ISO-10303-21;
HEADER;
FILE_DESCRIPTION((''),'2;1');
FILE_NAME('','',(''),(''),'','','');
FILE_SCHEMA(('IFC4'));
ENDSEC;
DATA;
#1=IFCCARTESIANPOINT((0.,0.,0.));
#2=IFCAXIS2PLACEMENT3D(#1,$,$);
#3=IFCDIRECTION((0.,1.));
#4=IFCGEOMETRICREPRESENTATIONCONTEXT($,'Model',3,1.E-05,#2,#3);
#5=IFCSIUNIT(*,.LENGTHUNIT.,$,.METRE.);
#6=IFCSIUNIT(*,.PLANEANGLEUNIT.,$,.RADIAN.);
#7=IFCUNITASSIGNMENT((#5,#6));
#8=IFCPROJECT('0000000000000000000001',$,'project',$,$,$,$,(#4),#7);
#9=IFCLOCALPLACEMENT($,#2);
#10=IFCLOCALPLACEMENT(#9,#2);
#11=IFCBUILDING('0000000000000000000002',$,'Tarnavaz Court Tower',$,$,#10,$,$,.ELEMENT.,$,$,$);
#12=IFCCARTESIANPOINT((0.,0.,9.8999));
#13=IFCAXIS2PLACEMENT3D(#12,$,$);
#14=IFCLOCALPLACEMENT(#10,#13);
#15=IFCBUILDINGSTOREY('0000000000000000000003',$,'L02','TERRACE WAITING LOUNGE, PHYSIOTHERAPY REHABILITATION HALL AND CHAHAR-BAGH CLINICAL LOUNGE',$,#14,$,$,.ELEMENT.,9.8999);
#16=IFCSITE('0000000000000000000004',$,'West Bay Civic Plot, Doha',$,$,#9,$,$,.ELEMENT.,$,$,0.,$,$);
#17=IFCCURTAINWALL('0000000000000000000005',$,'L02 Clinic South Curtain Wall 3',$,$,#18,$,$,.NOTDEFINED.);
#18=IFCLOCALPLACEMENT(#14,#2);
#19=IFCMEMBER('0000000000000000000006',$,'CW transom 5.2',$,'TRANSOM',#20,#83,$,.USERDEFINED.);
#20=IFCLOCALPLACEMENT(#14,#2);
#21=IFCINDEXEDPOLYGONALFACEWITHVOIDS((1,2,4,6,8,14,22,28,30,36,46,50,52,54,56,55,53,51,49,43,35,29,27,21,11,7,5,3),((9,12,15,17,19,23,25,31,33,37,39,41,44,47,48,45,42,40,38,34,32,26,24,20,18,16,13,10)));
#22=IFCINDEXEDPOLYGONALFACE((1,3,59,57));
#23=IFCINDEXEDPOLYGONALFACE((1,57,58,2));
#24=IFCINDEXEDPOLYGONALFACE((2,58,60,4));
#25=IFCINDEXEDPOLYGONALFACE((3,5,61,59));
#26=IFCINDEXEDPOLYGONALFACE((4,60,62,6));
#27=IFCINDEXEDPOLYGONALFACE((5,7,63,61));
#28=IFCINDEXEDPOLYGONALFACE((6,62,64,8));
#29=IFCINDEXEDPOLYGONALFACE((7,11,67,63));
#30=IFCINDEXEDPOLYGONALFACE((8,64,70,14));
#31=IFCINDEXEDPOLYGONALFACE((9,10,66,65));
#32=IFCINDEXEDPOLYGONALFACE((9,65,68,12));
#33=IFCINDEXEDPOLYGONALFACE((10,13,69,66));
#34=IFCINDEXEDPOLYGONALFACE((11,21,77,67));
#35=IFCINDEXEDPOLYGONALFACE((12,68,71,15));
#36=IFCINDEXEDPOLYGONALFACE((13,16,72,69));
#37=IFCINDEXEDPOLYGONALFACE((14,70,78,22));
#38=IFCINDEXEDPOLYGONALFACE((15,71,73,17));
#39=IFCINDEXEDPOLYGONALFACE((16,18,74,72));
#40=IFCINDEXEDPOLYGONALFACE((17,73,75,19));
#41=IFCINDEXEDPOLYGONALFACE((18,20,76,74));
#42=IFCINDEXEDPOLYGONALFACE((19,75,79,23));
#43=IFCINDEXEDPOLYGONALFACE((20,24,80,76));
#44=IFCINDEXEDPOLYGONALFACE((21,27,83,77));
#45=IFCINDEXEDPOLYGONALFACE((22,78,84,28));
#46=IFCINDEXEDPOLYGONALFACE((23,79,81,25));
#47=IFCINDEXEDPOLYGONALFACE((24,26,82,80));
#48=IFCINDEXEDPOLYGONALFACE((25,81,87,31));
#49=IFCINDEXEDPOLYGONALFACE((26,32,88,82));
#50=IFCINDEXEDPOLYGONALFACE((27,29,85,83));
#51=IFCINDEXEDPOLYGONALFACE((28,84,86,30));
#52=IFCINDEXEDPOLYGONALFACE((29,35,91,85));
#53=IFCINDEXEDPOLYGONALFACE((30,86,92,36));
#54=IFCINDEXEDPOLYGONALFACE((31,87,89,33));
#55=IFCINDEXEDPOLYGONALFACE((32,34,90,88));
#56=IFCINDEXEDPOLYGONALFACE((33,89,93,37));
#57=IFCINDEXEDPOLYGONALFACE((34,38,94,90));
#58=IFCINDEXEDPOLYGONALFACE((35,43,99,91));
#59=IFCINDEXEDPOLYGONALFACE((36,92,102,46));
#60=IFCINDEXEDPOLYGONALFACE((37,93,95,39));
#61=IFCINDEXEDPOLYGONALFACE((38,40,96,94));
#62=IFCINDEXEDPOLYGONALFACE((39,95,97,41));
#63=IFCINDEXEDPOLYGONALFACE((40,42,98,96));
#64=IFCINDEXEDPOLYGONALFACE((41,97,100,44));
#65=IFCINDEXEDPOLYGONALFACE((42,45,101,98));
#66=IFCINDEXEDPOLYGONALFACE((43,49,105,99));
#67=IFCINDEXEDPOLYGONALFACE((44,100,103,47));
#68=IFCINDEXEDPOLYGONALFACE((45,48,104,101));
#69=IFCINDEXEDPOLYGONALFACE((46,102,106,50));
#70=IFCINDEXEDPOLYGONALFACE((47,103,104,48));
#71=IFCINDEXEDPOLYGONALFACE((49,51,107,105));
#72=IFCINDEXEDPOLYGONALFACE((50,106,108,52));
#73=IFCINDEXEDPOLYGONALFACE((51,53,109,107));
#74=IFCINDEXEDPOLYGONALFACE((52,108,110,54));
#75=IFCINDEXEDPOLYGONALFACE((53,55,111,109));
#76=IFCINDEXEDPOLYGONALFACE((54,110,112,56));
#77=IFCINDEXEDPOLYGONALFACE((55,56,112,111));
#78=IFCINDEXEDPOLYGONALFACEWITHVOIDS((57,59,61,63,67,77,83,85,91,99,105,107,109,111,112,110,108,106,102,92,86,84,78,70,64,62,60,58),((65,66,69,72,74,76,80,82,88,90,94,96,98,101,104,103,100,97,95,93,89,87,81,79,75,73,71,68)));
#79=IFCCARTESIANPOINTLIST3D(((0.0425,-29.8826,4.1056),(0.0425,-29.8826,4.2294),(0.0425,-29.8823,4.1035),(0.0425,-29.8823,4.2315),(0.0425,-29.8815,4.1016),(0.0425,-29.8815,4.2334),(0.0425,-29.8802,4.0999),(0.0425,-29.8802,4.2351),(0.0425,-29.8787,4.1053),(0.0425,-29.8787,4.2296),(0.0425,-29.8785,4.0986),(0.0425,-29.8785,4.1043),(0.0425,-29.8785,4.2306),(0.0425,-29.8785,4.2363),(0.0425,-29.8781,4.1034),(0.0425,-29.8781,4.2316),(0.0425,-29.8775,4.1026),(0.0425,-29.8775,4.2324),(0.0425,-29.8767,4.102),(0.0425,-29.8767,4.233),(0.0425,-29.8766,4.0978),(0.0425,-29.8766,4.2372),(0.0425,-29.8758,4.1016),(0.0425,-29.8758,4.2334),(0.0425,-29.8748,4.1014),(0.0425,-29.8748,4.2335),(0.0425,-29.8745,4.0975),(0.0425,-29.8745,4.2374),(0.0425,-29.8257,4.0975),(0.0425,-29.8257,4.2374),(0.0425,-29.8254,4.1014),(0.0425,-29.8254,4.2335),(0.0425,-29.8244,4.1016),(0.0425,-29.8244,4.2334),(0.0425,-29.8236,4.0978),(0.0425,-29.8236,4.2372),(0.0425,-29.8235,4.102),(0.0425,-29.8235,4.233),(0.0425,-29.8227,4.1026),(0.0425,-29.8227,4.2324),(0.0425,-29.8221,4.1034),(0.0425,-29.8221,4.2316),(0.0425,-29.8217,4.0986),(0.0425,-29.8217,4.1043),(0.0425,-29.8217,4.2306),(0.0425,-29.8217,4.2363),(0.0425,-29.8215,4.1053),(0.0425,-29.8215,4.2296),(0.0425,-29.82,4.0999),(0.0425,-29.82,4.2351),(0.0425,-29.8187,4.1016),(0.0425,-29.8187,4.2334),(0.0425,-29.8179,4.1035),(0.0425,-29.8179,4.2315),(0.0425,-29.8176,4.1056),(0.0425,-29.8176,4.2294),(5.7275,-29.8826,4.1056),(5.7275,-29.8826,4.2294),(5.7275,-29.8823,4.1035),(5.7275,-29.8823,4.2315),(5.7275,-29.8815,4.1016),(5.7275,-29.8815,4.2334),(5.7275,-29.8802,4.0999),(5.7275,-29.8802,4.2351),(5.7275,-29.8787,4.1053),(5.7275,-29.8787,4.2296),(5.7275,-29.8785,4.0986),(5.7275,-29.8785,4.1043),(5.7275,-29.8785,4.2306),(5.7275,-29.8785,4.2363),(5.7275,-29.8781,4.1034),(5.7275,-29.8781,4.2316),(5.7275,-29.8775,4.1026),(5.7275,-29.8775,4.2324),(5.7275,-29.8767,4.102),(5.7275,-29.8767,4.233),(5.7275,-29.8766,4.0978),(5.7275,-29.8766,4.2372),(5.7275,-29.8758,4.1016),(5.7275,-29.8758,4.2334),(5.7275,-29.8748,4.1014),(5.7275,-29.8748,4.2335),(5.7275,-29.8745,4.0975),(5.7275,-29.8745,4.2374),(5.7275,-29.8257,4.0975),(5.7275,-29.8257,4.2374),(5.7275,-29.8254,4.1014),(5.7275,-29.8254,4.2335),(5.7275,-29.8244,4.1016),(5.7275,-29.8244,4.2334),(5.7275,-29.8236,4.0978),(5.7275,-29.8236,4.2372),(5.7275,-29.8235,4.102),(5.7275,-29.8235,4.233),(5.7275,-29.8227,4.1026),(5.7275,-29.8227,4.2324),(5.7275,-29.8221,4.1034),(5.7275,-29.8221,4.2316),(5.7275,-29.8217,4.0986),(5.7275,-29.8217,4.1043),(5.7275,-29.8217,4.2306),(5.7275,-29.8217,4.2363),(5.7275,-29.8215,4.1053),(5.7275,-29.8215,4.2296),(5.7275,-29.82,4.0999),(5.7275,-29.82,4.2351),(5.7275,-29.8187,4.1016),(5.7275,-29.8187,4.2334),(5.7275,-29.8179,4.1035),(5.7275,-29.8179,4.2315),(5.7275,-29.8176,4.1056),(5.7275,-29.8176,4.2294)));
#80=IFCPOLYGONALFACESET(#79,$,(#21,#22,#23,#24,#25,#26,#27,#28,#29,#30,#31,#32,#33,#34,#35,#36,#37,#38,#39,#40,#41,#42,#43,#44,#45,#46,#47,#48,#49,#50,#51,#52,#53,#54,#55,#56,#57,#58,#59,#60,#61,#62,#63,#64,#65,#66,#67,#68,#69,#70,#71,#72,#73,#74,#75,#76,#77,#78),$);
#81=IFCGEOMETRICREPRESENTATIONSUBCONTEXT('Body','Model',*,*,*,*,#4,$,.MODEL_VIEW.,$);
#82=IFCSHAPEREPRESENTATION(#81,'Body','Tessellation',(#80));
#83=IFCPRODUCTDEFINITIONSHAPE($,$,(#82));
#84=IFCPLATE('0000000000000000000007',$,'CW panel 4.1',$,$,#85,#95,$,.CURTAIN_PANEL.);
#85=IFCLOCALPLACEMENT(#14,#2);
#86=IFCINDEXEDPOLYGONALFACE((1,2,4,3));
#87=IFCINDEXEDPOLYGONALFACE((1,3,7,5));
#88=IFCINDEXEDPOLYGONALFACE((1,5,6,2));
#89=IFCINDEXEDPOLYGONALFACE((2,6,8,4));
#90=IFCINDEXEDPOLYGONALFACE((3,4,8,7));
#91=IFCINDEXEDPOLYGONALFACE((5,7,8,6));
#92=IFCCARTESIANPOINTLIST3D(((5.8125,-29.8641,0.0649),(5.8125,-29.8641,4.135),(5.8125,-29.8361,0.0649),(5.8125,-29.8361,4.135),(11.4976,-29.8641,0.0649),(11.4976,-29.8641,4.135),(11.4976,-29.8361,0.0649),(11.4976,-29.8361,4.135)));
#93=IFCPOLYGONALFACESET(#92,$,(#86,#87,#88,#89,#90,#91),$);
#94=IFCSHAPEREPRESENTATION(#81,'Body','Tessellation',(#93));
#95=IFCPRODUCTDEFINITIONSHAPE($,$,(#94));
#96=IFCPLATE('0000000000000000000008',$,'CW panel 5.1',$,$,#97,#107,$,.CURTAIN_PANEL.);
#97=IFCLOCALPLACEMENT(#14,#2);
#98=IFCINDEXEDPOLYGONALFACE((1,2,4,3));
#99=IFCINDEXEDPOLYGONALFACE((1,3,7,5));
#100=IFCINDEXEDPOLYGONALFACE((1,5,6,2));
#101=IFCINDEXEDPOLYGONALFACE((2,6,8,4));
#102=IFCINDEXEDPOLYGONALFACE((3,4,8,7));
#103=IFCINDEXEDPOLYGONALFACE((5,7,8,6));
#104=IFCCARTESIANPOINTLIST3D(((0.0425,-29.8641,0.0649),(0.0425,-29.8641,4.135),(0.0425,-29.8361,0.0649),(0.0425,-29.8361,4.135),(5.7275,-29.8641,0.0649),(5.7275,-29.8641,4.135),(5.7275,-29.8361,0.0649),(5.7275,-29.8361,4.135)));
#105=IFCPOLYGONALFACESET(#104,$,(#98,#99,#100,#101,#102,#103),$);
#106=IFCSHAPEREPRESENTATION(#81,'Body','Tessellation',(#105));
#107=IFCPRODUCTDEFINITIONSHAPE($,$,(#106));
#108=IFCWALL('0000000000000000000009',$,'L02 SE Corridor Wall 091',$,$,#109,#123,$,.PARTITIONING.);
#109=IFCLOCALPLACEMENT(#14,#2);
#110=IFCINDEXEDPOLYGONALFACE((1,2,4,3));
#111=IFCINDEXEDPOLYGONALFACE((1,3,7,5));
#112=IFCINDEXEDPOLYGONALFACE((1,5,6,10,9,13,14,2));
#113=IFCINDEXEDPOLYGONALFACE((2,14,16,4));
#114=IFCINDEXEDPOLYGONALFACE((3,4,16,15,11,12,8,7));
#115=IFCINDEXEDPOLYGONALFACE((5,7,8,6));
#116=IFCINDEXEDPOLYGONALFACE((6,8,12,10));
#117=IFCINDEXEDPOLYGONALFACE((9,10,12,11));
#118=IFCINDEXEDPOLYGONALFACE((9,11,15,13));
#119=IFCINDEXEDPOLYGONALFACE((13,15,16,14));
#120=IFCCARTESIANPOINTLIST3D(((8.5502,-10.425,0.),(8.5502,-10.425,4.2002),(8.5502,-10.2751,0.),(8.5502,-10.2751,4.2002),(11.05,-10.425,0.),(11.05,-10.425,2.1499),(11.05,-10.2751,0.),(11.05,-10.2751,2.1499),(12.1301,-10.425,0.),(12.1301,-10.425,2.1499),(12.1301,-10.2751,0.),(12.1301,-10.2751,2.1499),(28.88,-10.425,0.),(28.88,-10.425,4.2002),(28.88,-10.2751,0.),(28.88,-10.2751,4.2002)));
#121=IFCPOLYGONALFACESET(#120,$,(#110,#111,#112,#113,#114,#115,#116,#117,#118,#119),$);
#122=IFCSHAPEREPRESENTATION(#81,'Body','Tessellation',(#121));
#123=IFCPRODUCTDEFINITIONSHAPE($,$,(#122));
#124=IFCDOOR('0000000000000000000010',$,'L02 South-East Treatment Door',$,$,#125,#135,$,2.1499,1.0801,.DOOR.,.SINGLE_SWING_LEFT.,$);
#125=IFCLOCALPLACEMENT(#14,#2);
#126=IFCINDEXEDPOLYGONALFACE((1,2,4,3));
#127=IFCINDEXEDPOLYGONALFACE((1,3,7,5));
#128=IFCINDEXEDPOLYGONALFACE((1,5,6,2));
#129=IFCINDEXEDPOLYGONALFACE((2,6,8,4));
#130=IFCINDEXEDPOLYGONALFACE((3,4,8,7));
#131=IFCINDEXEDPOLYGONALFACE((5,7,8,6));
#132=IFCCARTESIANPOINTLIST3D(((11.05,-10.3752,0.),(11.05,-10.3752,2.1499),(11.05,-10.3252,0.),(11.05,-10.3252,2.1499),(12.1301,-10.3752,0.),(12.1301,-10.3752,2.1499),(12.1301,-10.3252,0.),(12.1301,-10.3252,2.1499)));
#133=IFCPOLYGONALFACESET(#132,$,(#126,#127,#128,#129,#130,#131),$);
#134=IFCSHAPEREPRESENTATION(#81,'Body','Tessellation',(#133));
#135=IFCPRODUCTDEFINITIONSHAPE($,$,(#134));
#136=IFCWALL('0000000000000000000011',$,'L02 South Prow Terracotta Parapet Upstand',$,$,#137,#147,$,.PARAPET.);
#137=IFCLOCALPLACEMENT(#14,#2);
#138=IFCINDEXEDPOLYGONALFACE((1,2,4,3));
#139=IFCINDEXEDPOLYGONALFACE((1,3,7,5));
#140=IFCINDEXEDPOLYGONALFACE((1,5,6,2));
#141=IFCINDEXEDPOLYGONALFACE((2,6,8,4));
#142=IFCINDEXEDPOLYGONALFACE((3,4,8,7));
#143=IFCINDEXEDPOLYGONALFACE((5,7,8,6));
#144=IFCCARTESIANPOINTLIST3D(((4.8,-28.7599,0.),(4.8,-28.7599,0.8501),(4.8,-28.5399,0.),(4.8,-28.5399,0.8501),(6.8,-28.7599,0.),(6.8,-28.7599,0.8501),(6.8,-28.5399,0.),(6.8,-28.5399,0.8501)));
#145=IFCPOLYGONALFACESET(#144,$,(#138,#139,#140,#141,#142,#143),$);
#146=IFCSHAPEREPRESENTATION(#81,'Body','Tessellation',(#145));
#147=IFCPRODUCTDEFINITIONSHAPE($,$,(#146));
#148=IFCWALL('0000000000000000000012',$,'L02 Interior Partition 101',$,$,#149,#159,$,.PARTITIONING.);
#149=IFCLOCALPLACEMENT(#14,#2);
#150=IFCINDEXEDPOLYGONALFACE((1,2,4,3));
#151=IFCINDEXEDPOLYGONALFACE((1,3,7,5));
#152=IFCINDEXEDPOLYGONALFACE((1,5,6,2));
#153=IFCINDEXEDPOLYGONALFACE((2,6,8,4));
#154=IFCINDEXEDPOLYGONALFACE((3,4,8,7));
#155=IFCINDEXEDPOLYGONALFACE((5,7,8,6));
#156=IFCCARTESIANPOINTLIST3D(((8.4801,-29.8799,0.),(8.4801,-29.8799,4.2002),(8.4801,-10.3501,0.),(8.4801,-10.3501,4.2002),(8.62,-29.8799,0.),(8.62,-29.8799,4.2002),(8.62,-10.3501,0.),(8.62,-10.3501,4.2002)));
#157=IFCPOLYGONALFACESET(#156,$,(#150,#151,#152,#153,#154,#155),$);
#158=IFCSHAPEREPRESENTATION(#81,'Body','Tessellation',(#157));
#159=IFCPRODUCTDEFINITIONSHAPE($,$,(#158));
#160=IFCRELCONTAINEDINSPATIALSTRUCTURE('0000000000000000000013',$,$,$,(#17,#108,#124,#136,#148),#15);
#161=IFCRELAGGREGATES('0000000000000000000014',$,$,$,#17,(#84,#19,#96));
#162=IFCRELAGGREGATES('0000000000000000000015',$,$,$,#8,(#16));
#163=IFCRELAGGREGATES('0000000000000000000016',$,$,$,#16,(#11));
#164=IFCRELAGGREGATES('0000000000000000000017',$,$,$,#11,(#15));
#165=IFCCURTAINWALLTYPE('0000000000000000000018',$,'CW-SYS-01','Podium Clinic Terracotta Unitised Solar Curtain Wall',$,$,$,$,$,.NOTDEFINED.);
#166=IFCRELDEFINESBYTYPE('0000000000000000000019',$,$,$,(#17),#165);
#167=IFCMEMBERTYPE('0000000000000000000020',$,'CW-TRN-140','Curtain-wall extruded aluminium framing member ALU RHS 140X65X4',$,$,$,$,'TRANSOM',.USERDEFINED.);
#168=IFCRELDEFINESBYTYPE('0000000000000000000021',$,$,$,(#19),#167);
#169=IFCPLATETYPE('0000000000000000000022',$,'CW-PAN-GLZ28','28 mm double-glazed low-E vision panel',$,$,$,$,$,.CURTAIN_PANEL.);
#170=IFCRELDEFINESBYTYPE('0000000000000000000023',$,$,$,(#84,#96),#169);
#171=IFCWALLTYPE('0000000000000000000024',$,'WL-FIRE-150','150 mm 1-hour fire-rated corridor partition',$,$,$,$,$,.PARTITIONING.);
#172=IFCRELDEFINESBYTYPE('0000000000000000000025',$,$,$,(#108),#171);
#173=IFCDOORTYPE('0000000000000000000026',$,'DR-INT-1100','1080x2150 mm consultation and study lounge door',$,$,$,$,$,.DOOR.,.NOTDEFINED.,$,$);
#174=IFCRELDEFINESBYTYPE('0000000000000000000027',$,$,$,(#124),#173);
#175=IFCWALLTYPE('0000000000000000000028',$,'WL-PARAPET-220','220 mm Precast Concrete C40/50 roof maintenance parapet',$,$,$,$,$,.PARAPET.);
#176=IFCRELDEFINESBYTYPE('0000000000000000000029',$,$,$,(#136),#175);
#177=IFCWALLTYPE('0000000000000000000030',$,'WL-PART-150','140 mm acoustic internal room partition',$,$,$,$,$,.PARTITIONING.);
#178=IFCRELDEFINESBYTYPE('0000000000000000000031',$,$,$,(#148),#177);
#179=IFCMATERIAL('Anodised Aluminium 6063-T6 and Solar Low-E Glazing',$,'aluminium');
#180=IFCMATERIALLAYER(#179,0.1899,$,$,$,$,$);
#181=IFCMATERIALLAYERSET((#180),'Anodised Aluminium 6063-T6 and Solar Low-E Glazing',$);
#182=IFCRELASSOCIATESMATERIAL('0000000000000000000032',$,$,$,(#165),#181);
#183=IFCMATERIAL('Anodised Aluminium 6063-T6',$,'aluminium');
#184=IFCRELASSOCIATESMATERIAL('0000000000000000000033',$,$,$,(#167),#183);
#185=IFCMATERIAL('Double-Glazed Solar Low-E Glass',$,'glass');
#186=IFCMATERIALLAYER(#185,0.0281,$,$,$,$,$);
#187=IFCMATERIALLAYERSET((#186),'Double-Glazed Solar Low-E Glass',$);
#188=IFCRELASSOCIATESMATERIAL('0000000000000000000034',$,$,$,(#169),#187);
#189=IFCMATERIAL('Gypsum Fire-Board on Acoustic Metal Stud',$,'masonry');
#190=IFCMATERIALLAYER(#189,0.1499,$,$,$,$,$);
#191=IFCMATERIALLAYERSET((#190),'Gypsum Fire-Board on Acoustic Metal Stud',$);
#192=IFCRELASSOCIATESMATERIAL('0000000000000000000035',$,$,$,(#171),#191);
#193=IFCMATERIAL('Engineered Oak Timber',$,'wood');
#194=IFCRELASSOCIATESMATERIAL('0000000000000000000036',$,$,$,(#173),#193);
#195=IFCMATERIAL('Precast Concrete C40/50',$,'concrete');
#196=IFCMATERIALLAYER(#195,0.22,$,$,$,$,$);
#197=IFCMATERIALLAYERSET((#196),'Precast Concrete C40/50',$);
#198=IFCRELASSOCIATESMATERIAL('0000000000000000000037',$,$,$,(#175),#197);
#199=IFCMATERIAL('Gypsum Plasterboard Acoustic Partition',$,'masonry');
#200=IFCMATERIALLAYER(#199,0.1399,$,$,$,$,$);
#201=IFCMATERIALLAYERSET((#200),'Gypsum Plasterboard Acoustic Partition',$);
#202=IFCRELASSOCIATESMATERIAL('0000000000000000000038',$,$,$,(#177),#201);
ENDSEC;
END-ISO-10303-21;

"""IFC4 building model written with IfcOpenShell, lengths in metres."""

from ifc_helpers import new_model, si_unit, direction, frame, frame_2d, origin, origin_2d, place, context, subcontext, project, spatial, rectangle, hollow_rectangle, extrude, material, layer, layer_set, material_profile, profile_set, type_object, element, fill, aggregate, save


model = new_model("IFC4")

# Units and contexts
model_context = context("Model", 3, precision=1e-05, world=origin(), true_north=direction((0.0, 1.0)))
body_context = subcontext(model_context, "Body", "Model", "MODEL_VIEW")
ifc_project = project(units=[si_unit("LENGTHUNIT", "METRE"), si_unit("PLANEANGLEUNIT", "RADIAN")], contexts=[model_context])

# Site, building, storey
site_placement = place(None, origin())
site = spatial("IfcSite", under=ifc_project, at=site_placement, Name="West Bay Civic Plot, Doha", CompositionType="ELEMENT", RefElevation=0.0)
building_placement = place(site_placement, origin())
building = spatial("IfcBuilding", under=site, at=building_placement, Name="Tarnavaz Court Tower", CompositionType="ELEMENT")
storey_placement = place(building_placement, frame((0.0, 0.0, 9.8999)))
storey = spatial("IfcBuildingStorey", under=building, at=storey_placement, Name="L02", Description="TERRACE WAITING LOUNGE, PHYSIOTHERAPY REHABILITATION HALL AND CHAHAR-BAGH CLINICAL LOUNGE", CompositionType="ELEMENT", Elevation=9.8999)

# Curtain wall, member, plates
ifc_material_1 = material(Name="Anodised Aluminium 6063-T6 and Solar Low-E Glazing", Category="aluminium")
ifc_layer_1 = layer(ifc_material_1, 0.1899)
ifc_layer_set_1 = layer_set([ifc_layer_1], Name="Anodised Aluminium 6063-T6 and Solar Low-E Glazing")
curtain_wall_type = type_object("IfcCurtainWallType", Name="CW-SYS-01", Description="Podium Clinic Terracotta Unitised Solar Curtain Wall", PredefinedType="NOTDEFINED", material=ifc_layer_set_1)
curtain_wall_placement = place(storey_placement, origin())
curtain_wall = element("IfcCurtainWall", 1, at=curtain_wall_placement, inside=storey, type_object=curtain_wall_type, Name="L02 Clinic South Curtain Wall 3", PredefinedType="NOTDEFINED")
ifc_material_2 = material(Name="Anodised Aluminium 6063-T6", Category="aluminium")
ifc_material_profile_1 = material_profile(ifc_material_2, hollow_rectangle(XDim=0.0649, YDim=0.1399, WallThickness=0.0039, InnerFilletRadius=0.0039, OuterFilletRadius=0.0081, at=origin_2d()), Name="ALU RHS 140X65X4")
ifc_profile_set_1 = profile_set([ifc_material_profile_1], Name="Anodised Aluminium 6063-T6")
member_type_1 = type_object("IfcMemberType", Name="CW-TRN-140", Description="Curtain-wall extruded aluminium framing member ALU RHS 140X65X4", ElementType="TRANSOM", PredefinedType="USERDEFINED", material=ifc_profile_set_1)
member_1_placement = place(storey_placement, frame((5.7275, -29.8501, 4.1675), z_axis=(-1.0, 0.0, 0.0), x_axis=(0.0, -1.0, 0.0)))
member_1 = element("IfcMember", 2, at=member_1_placement, type_object=member_type_1, Name="CW transom 5.2", ObjectType="TRANSOM", PredefinedType="USERDEFINED", context=body_context, shape_type="SweptSolid", body=[
    extrude(hollow_rectangle(XDim=0.0649, YDim=0.1399, WallThickness=0.0039, InnerFilletRadius=0.0039, OuterFilletRadius=0.0081, at=origin_2d()), origin(), (0.0, 0.0, 1.0), 5.6851),
])
ifc_material_3 = material(Name="Double-Glazed Solar Low-E Glass", Category="glass")
ifc_layer_2 = layer(ifc_material_3, 0.0281)
ifc_layer_set_2 = layer_set([ifc_layer_2], Name="Double-Glazed Solar Low-E Glass")
plate_type = type_object("IfcPlateType", Name="CW-PAN-GLZ28", Description="28 mm double-glazed low-E vision panel", PredefinedType="CURTAIN_PANEL", material=ifc_layer_set_2)
plate_1_placement = place(storey_placement, frame((8.655, -29.8501, 0.0649), z_axis=(0.0, 0.0, 1.0), x_axis=(-1.0, 0.0, 0.0)))
plate_1 = element("IfcPlate", 3, at=plate_1_placement, type_object=plate_type, Name="CW panel 4.1", PredefinedType="CURTAIN_PANEL", context=body_context, shape_type="SweptSolid", body=[
    extrude(rectangle(XDim=5.6851, YDim=0.0281, at=origin_2d()), origin(), (0.0, 0.0, 1.0), 4.0701),
])
plate_2_placement = place(storey_placement, frame((2.885, -29.8501, 0.0649), z_axis=(0.0, 0.0, 1.0), x_axis=(-1.0, 0.0, 0.0)))
plate_2 = element("IfcPlate", 4, at=plate_2_placement, type_object=plate_type, Name="CW panel 5.1", PredefinedType="CURTAIN_PANEL", context=body_context, shape_type="SweptSolid", body=[
    extrude(rectangle(XDim=5.6851, YDim=0.0281, at=origin_2d()), origin(), (0.0, 0.0, 1.0), 4.0701),
])
aggregate(curtain_wall, [plate_1, member_1, plate_2])

# Wall, opening, door
ifc_material_4 = material(Name="Gypsum Fire-Board on Acoustic Metal Stud", Category="masonry")
ifc_layer_3 = layer(ifc_material_4, 0.1499)
ifc_layer_set_3 = layer_set([ifc_layer_3], Name="Gypsum Fire-Board on Acoustic Metal Stud")
wall_type_1 = type_object("IfcWallType", Name="WL-FIRE-150", Description="150 mm 1-hour fire-rated corridor partition", PredefinedType="PARTITIONING", material=ifc_layer_set_3)
wall_1_placement = place(storey_placement, frame((8.55, -10.3501, 0.0), z_axis=(0.0, 0.0, 1.0), x_axis=(1.0, 0.0, 0.0)))
wall_1 = element("IfcWall", 5, at=wall_1_placement, inside=storey, type_object=wall_type_1, Name="L02 SE Corridor Wall 091", PredefinedType="PARTITIONING", context=body_context, shape_type="SweptSolid", body=[
    extrude(rectangle(XDim=20.3298, YDim=0.1499, at=frame_2d((10.165, 0.0))), origin(), (0.0, 0.0, 1.0), 4.2002),
])
opening_1_placement = place(wall_1_placement, frame((2.5, 0.0, 0.0)))
opening_1 = element("IfcOpeningElement", 6, at=opening_1_placement, cuts=wall_1, PredefinedType="OPENING", context=body_context, shape_type="SweptSolid", body=[
    extrude(rectangle(XDim=1.0801, YDim=2.1499, at=frame_2d((0.54, 1.075))), frame((0.0, 0.085, 0.0), z_axis=(0.0, -1.0, 0.0), x_axis=(1.0, 0.0, 0.0)), (0.0, 0.0, 1.0), 0.1699),
])
ifc_material_5 = material(Name="Engineered Oak Timber", Category="wood")
door_type = type_object("IfcDoorType", Name="DR-INT-1100", Description="1080x2150 mm consultation and study lounge door", OperationType="NOTDEFINED", PredefinedType="DOOR", material=ifc_material_5)
door_placement = place(opening_1_placement, origin())
door = element("IfcDoor", 7, at=door_placement, inside=storey, type_object=door_type, Name="L02 South-East Treatment Door", OperationType="SINGLE_SWING_LEFT", OverallHeight=2.1499, OverallWidth=1.0801, PredefinedType="DOOR", context=body_context, shape_type="SweptSolid", body=[
    extrude(rectangle(XDim=1.0801, YDim=2.1499, at=frame_2d((0.54, 1.075))), frame((0.0, 0.0249, 0.0), z_axis=(0.0, -1.0, 0.0), x_axis=(1.0, 0.0, 0.0)), (0.0, 0.0, 1.0), 0.05),
])
fill(opening_1, door)

# Walls
ifc_material_6 = material(Name="Precast Concrete C40/50", Category="concrete")
ifc_layer_4 = layer(ifc_material_6, 0.22)
ifc_layer_set_4 = layer_set([ifc_layer_4], Name="Precast Concrete C40/50")
wall_type_2 = type_object("IfcWallType", Name="WL-PARAPET-220", Description="220 mm Precast Concrete C40/50 roof maintenance parapet", PredefinedType="PARAPET", material=ifc_layer_set_4)
wall_2_placement = place(storey_placement, frame((4.8, -28.6499, 0.0), z_axis=(0.0, 0.0, 1.0), x_axis=(1.0, 0.0, 0.0)))
element("IfcWall", 8, at=wall_2_placement, inside=storey, type_object=wall_type_2, Name="L02 South Prow Terracotta Parapet Upstand", PredefinedType="PARAPET", context=body_context, shape_type="SweptSolid", body=[
    extrude(rectangle(XDim=2.0, YDim=0.22, at=frame_2d((1.0, 0.0))), origin(), (0.0, 0.0, 1.0), 0.8501),
])
ifc_material_7 = material(Name="Gypsum Plasterboard Acoustic Partition", Category="masonry")
ifc_layer_5 = layer(ifc_material_7, 0.1399)
ifc_layer_set_5 = layer_set([ifc_layer_5], Name="Gypsum Plasterboard Acoustic Partition")
wall_type_3 = type_object("IfcWallType", Name="WL-PART-150", Description="140 mm acoustic internal room partition", PredefinedType="PARTITIONING", material=ifc_layer_set_5)
wall_3_placement = place(storey_placement, frame((8.55, -29.8799, 0.0), z_axis=(0.0, 0.0, 1.0), x_axis=(0.0, 1.0, 0.0)))
element("IfcWall", 9, at=wall_3_placement, inside=storey, type_object=wall_type_3, Name="L02 Interior Partition 101", PredefinedType="PARTITIONING", context=body_context, shape_type="SweptSolid", body=[
    extrude(rectangle(XDim=19.5298, YDim=0.1399, at=frame_2d((9.7649, 0.0))), origin(), (0.0, 0.0, 1.0), 4.2002),
])

save(model, "model.ifc")
